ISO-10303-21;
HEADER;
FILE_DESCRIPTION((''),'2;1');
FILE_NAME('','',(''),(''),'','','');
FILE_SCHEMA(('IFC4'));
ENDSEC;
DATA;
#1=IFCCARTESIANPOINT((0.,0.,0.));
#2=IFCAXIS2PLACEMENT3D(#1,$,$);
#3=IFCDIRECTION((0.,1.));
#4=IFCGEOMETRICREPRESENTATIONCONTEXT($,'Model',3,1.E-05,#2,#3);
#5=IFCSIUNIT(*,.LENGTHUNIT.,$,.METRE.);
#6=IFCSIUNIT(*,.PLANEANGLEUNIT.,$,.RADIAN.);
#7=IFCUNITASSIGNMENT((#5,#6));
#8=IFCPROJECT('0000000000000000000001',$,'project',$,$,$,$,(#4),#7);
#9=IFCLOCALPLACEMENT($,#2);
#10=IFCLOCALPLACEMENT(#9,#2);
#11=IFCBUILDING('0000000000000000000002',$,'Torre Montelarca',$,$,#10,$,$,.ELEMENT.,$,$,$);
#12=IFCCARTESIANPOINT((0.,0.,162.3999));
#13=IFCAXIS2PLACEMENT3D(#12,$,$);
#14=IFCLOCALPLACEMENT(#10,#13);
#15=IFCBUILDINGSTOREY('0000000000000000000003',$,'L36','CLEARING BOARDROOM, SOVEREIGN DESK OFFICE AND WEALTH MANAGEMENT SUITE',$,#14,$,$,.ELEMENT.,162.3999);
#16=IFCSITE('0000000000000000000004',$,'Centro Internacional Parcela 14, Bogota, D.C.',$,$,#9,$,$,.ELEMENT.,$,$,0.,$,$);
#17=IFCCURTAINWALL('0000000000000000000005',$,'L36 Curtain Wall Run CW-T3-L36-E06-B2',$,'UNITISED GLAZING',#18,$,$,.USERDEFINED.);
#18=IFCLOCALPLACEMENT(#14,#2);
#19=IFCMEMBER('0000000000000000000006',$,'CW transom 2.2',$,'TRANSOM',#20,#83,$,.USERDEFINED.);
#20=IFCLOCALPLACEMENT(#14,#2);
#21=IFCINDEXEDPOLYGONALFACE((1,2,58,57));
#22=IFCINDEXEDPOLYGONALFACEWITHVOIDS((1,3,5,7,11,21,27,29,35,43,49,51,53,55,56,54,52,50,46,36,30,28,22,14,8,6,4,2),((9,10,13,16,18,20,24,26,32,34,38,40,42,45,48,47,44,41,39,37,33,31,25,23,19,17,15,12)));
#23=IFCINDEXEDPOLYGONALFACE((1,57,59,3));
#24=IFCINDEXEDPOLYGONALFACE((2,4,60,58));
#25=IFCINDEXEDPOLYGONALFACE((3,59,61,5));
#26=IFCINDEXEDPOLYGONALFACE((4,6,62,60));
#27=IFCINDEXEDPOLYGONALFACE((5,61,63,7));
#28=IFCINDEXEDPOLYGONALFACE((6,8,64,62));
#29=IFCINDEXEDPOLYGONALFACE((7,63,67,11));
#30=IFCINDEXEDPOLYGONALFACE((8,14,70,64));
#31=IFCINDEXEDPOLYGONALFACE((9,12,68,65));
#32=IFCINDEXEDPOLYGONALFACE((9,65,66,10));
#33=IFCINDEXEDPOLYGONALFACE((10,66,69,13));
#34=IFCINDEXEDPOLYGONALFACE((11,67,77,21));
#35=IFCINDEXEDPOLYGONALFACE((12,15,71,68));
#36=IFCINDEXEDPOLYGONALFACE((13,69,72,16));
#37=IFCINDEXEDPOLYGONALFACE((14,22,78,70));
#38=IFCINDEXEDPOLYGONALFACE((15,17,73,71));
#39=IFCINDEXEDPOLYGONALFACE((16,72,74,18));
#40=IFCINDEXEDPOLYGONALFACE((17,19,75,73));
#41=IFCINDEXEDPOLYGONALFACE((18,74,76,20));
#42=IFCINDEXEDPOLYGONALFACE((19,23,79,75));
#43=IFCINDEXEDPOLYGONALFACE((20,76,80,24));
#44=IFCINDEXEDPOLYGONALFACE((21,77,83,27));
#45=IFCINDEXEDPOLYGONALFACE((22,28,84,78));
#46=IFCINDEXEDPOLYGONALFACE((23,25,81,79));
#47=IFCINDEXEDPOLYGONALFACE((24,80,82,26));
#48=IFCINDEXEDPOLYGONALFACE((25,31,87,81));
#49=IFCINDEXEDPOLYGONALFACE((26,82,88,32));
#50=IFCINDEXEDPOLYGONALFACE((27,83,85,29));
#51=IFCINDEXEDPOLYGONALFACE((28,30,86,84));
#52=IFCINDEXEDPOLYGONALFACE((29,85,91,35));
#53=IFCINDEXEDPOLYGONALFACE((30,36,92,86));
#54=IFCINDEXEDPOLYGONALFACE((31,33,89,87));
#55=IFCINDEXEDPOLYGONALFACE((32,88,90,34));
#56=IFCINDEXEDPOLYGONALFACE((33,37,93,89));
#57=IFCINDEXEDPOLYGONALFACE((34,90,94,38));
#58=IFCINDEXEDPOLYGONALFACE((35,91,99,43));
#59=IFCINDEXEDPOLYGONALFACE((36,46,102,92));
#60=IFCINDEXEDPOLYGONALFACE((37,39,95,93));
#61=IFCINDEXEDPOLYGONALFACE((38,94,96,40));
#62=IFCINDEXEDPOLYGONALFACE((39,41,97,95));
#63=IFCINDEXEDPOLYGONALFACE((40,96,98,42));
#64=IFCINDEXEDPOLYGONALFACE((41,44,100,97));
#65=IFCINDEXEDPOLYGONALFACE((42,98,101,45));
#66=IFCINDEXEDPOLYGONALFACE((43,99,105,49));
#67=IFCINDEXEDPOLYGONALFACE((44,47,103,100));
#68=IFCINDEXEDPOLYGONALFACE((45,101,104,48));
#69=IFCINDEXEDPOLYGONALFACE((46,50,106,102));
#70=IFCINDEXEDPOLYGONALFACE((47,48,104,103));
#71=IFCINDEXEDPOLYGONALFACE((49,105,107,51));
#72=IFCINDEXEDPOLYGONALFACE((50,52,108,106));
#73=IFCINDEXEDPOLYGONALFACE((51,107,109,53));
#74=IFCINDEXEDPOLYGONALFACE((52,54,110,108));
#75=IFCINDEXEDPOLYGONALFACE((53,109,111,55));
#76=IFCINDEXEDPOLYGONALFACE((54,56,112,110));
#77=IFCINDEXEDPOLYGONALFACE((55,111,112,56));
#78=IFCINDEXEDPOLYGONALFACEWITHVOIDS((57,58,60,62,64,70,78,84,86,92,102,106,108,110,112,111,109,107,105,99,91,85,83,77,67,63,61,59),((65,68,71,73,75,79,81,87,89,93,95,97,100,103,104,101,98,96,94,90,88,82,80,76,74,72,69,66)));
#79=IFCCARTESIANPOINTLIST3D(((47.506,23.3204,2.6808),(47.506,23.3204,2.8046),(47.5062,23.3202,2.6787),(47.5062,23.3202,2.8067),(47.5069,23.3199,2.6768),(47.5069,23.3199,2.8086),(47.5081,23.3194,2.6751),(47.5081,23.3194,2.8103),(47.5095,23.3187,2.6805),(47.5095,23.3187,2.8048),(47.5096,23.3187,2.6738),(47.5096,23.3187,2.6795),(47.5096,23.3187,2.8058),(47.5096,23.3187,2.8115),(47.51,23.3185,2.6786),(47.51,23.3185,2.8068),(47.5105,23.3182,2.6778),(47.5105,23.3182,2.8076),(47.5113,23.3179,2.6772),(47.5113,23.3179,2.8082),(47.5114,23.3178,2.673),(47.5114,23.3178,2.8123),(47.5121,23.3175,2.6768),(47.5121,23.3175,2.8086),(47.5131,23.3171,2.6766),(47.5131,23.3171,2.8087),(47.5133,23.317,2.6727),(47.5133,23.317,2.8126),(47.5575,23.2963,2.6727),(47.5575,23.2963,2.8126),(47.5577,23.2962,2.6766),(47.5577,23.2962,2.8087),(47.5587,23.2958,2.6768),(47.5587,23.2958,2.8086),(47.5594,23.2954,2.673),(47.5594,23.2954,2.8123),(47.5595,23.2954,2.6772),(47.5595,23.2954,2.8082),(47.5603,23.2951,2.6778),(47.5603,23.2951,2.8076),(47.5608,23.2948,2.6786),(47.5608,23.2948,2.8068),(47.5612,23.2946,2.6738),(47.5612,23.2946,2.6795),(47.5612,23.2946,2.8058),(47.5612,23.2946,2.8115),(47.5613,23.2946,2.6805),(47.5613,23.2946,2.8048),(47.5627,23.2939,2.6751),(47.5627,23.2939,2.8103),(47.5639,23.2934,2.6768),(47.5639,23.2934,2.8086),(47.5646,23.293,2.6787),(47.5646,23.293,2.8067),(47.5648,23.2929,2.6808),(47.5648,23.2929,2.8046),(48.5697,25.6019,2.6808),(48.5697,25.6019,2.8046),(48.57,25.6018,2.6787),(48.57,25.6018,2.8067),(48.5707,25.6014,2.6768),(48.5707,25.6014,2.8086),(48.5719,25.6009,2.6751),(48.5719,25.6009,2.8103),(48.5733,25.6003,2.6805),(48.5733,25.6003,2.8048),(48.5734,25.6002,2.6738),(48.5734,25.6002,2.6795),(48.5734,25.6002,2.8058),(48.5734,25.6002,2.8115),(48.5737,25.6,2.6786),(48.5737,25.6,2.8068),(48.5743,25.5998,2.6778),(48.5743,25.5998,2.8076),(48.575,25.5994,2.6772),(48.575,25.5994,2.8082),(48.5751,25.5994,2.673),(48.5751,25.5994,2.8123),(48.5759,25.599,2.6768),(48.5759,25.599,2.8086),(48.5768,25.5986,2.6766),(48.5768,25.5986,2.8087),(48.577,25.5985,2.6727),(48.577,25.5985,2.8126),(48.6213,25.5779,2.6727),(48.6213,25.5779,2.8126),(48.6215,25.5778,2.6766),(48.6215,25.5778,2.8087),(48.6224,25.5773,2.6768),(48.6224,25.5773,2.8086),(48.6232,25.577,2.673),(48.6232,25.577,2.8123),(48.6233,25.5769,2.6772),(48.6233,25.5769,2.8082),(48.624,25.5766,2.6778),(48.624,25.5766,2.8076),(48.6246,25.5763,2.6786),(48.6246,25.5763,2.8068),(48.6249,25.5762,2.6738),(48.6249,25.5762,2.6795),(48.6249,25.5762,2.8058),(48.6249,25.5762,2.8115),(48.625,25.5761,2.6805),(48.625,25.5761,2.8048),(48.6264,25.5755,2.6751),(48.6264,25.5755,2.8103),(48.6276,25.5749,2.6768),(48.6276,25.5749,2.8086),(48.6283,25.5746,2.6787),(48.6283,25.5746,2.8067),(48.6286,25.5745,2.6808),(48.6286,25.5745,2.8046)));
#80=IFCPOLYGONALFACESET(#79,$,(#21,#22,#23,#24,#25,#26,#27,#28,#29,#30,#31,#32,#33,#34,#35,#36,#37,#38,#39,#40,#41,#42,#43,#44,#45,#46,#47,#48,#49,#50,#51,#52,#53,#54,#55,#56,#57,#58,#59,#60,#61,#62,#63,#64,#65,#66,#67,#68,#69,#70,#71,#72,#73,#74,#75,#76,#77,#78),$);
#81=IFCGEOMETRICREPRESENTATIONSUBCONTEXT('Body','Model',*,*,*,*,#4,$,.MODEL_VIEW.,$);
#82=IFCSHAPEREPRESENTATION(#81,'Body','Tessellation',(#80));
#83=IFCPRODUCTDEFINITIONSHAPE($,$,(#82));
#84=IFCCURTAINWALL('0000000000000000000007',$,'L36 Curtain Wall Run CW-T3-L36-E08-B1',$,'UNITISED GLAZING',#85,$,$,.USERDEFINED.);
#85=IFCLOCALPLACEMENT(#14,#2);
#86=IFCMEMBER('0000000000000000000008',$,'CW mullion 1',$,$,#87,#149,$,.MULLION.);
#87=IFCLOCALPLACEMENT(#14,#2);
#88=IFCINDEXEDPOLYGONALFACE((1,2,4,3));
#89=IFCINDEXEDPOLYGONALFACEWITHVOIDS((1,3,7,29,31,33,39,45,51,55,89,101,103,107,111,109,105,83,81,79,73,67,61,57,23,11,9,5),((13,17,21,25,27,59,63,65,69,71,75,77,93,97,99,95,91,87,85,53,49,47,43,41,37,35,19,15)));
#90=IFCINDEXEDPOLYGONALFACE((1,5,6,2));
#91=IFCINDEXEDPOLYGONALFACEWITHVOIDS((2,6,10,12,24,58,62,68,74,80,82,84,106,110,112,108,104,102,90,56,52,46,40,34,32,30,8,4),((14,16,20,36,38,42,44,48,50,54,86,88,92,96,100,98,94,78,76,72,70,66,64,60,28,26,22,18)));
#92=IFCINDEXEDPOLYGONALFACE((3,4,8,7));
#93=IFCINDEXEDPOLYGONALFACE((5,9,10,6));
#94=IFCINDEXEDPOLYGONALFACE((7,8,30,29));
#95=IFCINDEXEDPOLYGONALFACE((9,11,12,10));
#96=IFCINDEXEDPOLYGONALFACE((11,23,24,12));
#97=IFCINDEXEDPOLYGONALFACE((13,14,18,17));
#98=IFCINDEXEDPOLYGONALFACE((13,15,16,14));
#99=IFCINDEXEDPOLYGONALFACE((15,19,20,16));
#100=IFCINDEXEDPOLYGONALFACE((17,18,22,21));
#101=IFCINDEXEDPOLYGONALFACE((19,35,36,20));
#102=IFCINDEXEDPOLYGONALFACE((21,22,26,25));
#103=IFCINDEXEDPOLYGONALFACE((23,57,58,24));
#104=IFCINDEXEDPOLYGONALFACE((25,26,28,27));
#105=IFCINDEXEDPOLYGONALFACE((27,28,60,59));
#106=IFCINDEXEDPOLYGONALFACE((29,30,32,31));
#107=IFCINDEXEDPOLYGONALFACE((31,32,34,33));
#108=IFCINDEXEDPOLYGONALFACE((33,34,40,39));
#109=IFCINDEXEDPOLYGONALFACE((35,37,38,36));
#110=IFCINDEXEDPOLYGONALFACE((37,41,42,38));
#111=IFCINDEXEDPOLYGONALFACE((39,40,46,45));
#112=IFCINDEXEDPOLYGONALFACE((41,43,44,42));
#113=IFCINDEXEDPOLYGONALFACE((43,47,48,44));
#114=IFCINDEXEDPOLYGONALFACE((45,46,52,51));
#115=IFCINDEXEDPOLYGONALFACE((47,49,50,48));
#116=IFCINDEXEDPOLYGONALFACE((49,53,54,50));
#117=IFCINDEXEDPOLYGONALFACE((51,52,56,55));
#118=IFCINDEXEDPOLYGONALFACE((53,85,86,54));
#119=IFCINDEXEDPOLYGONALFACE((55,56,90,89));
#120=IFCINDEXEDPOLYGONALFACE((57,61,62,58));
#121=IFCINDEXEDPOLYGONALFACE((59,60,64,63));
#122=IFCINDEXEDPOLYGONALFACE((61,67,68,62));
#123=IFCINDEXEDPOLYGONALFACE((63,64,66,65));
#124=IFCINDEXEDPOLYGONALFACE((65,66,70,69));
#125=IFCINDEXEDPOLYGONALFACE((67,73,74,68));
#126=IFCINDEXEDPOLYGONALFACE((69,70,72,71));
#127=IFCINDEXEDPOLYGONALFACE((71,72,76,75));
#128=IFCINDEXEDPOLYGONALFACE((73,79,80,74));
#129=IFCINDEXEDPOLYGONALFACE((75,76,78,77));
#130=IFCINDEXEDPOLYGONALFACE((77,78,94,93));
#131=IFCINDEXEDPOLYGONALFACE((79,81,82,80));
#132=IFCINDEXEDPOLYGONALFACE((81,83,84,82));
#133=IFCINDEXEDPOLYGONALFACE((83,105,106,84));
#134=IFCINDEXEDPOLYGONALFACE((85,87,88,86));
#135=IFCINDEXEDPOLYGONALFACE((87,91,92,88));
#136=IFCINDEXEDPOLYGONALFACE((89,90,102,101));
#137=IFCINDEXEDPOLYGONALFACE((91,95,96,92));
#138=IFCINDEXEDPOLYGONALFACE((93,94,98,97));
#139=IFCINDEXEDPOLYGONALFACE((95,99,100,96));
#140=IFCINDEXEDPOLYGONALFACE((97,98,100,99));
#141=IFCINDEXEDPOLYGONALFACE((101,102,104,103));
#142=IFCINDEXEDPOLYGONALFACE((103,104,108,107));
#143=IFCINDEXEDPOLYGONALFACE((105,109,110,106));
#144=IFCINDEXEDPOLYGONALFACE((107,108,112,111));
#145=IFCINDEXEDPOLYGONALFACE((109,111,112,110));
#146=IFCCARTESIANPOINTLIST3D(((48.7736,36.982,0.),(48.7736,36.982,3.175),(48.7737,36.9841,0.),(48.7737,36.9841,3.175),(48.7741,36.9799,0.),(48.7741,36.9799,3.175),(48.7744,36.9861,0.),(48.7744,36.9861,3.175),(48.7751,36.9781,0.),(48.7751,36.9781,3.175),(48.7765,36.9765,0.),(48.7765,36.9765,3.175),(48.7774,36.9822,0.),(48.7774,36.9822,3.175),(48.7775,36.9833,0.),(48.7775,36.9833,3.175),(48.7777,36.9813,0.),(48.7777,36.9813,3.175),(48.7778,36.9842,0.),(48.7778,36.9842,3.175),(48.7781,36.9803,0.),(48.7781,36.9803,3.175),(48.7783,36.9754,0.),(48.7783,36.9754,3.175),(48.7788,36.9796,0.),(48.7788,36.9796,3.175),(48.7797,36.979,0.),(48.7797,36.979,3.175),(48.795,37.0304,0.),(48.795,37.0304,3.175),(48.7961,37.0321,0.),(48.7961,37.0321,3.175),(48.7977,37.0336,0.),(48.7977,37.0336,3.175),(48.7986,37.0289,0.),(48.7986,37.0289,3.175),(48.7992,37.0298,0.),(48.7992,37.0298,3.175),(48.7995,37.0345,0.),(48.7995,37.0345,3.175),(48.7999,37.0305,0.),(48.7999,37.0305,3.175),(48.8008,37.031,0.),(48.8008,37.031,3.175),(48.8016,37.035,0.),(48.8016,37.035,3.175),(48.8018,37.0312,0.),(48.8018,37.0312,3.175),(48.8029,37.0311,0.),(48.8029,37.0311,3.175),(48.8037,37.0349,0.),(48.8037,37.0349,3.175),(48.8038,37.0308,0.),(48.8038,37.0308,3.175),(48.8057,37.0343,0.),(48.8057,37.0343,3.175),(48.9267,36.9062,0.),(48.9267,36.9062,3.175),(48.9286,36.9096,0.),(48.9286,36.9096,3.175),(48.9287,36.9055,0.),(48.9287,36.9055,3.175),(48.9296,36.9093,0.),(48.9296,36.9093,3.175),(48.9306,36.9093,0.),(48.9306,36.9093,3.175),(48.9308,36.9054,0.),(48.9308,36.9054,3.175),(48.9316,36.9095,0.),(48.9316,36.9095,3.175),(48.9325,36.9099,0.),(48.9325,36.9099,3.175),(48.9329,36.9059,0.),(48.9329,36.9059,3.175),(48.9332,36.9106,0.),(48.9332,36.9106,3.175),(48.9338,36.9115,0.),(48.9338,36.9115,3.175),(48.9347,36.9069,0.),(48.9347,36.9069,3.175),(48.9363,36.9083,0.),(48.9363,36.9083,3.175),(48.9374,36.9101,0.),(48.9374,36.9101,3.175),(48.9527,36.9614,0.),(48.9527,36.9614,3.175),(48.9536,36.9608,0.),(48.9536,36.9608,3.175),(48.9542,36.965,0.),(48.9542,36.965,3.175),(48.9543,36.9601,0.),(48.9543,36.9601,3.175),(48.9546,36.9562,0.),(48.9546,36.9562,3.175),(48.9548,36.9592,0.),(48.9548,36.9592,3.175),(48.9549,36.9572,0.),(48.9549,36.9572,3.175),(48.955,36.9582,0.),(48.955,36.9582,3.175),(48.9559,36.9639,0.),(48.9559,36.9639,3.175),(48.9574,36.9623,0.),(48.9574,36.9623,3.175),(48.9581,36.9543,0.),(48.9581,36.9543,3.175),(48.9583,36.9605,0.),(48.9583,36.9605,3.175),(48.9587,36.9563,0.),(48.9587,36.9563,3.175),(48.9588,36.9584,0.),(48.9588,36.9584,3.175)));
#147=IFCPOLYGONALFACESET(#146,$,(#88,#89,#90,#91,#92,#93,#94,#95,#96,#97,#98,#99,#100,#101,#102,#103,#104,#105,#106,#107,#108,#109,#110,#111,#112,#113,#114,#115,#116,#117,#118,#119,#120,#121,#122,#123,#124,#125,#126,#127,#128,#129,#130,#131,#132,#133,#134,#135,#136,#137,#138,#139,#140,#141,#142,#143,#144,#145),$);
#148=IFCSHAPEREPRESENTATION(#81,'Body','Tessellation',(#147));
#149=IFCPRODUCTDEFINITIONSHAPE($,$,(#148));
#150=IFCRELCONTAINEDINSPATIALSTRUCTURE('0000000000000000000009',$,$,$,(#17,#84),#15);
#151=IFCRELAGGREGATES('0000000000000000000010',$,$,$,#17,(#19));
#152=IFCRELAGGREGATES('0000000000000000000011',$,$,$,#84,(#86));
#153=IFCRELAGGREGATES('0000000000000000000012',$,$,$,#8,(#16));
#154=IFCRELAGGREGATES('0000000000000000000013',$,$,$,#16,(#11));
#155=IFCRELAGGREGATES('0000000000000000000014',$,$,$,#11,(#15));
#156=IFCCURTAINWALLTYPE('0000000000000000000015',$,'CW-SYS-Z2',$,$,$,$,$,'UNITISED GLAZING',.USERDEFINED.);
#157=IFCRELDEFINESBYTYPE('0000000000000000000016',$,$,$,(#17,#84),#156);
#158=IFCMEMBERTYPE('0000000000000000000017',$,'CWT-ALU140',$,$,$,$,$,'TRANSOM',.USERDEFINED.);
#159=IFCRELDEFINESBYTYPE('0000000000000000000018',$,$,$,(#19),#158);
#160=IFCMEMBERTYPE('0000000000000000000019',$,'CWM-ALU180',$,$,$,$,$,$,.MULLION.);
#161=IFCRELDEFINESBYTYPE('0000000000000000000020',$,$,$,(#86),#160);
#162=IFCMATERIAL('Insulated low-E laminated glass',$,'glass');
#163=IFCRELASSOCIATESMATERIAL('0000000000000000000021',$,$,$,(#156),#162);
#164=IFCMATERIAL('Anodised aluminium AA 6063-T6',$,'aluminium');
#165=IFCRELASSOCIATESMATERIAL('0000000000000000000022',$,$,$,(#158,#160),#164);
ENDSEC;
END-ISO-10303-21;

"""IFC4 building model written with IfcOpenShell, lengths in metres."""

from ifc_helpers import new_model, si_unit, direction, frame, origin, origin_2d, place, context, subcontext, project, spatial, hollow_rectangle, extrude, source, transform, mapped, material, material_profile, profile_set, type_object, element, aggregate, save


model = new_model("IFC4")

# Units and contexts
model_context = context("Model", 3, precision=1e-05, world=origin(), true_north=direction((0.0, 1.0)))
body_context = subcontext(model_context, "Body", "Model", "MODEL_VIEW")
ifc_project = project(units=[si_unit("LENGTHUNIT", "METRE"), si_unit("PLANEANGLEUNIT", "RADIAN")], contexts=[model_context])

# Site, building, storey
site_placement = place(None, origin())
site = spatial("IfcSite", under=ifc_project, at=site_placement, Name="Centro Internacional Parcela 14, Bogota, D.C.", CompositionType="ELEMENT", RefElevation=0.0)
building_placement = place(site_placement, origin())
building = spatial("IfcBuilding", under=site, at=building_placement, Name="Torre Montelarca", CompositionType="ELEMENT")
storey_placement = place(building_placement, frame((0.0, 0.0, 162.3999)))
storey = spatial("IfcBuildingStorey", under=building, at=storey_placement, Name="L36", Description="CLEARING BOARDROOM, SOVEREIGN DESK OFFICE AND WEALTH MANAGEMENT SUITE", CompositionType="ELEMENT", Elevation=162.3999)

# Curtain walls, members
ifc_material_1 = material(Name="Insulated low-E laminated glass", Category="glass")
curtain_wall_type = type_object("IfcCurtainWallType", Name="CW-SYS-Z2", ElementType="UNITISED GLAZING", PredefinedType="USERDEFINED", material=ifc_material_1)
ifc_material_2 = material(Name="Anodised aluminium AA 6063-T6", Category="aluminium")
ifc_material_profile_1 = material_profile(ifc_material_2, hollow_rectangle(XDim=0.0649, YDim=0.1399, WallThickness=0.0039, InnerFilletRadius=0.0039, OuterFilletRadius=0.0081, at=origin_2d()), Name="ALU65X140X4", Category="aluminium")
ifc_profile_set_1 = profile_set([ifc_material_profile_1], Name="Anodised aluminium AA 6063-T6")
member_type_1 = type_object("IfcMemberType", Name="CWT-ALU140", ElementType="TRANSOM", PredefinedType="USERDEFINED", material=ifc_profile_set_1)
ifc_material_profile_2 = material_profile(ifc_material_2, hollow_rectangle(XDim=0.0649, YDim=0.1799, WallThickness=0.0039, InnerFilletRadius=0.0039, OuterFilletRadius=0.0081, at=origin_2d()), Name="ALU65X180X4", Category="aluminium")
ifc_profile_set_2 = profile_set([ifc_material_profile_2], Name="Anodised aluminium AA 6063-T6")
member_type_2 = type_object("IfcMemberType", Name="CWM-ALU180", PredefinedType="MULLION", material=ifc_profile_set_2)
curtain_wall_1_placement = place(storey_placement, origin())
curtain_wall_1 = element("IfcCurtainWall", 1, at=curtain_wall_1_placement, inside=storey, type_object=curtain_wall_type, Name="L36 Curtain Wall Run CW-T3-L36-E06-B2", ObjectType="UNITISED GLAZING", PredefinedType="USERDEFINED")
shared_shape_1 = source(origin(), body_context, "Body", "SweptSolid", [
    extrude(hollow_rectangle(XDim=0.0649, YDim=0.1399, WallThickness=0.0039, InnerFilletRadius=0.0039, OuterFilletRadius=0.0081, at=origin_2d()), origin(), (0.0, 0.0, 1.0), 2.5173),
])
member_1_placement = place(storey_placement, frame((47.5354, 23.3066, 2.7427), z_axis=(0.422567, 0.906332, 0.0), x_axis=(-0.906332, 0.422567, 0.0)))
member_1 = element("IfcMember", 2, at=member_1_placement, type_object=member_type_1, Name="CW transom 2.2", ObjectType="TRANSOM", PredefinedType="USERDEFINED", context=body_context, shape_type="MappedRepresentation", body=[
    mapped(shared_shape_1, transform((0.0, 0.0, 0.0), scale=1.0)),
])
curtain_wall_2_placement = place(storey_placement, origin())
curtain_wall_2 = element("IfcCurtainWall", 3, at=curtain_wall_2_placement, inside=storey, type_object=curtain_wall_type, Name="L36 Curtain Wall Run CW-T3-L36-E08-B1", ObjectType="UNITISED GLAZING", PredefinedType="USERDEFINED")
shared_shape_2 = source(origin(), body_context, "Body", "SweptSolid", [
    extrude(hollow_rectangle(XDim=0.0649, YDim=0.1799, WallThickness=0.0039, InnerFilletRadius=0.0039, OuterFilletRadius=0.0081, at=origin_2d()), origin(), (0.0, 0.0, 1.0), 3.175),
])
member_2_placement = place(storey_placement, frame((48.8662, 36.9702, 0.0), z_axis=(0.0, 0.0, 1.0), x_axis=(-0.422614, -0.90631, 0.0)))
member_2 = element("IfcMember", 4, at=member_2_placement, type_object=member_type_2, Name="CW mullion 1", PredefinedType="MULLION", context=body_context, shape_type="MappedRepresentation", body=[
    mapped(shared_shape_2, transform((0.0, 0.0, 0.0), scale=1.0)),
])

aggregate(curtain_wall_1, [member_1])
aggregate(curtain_wall_2, [member_2])

save(model, "model.ifc")
